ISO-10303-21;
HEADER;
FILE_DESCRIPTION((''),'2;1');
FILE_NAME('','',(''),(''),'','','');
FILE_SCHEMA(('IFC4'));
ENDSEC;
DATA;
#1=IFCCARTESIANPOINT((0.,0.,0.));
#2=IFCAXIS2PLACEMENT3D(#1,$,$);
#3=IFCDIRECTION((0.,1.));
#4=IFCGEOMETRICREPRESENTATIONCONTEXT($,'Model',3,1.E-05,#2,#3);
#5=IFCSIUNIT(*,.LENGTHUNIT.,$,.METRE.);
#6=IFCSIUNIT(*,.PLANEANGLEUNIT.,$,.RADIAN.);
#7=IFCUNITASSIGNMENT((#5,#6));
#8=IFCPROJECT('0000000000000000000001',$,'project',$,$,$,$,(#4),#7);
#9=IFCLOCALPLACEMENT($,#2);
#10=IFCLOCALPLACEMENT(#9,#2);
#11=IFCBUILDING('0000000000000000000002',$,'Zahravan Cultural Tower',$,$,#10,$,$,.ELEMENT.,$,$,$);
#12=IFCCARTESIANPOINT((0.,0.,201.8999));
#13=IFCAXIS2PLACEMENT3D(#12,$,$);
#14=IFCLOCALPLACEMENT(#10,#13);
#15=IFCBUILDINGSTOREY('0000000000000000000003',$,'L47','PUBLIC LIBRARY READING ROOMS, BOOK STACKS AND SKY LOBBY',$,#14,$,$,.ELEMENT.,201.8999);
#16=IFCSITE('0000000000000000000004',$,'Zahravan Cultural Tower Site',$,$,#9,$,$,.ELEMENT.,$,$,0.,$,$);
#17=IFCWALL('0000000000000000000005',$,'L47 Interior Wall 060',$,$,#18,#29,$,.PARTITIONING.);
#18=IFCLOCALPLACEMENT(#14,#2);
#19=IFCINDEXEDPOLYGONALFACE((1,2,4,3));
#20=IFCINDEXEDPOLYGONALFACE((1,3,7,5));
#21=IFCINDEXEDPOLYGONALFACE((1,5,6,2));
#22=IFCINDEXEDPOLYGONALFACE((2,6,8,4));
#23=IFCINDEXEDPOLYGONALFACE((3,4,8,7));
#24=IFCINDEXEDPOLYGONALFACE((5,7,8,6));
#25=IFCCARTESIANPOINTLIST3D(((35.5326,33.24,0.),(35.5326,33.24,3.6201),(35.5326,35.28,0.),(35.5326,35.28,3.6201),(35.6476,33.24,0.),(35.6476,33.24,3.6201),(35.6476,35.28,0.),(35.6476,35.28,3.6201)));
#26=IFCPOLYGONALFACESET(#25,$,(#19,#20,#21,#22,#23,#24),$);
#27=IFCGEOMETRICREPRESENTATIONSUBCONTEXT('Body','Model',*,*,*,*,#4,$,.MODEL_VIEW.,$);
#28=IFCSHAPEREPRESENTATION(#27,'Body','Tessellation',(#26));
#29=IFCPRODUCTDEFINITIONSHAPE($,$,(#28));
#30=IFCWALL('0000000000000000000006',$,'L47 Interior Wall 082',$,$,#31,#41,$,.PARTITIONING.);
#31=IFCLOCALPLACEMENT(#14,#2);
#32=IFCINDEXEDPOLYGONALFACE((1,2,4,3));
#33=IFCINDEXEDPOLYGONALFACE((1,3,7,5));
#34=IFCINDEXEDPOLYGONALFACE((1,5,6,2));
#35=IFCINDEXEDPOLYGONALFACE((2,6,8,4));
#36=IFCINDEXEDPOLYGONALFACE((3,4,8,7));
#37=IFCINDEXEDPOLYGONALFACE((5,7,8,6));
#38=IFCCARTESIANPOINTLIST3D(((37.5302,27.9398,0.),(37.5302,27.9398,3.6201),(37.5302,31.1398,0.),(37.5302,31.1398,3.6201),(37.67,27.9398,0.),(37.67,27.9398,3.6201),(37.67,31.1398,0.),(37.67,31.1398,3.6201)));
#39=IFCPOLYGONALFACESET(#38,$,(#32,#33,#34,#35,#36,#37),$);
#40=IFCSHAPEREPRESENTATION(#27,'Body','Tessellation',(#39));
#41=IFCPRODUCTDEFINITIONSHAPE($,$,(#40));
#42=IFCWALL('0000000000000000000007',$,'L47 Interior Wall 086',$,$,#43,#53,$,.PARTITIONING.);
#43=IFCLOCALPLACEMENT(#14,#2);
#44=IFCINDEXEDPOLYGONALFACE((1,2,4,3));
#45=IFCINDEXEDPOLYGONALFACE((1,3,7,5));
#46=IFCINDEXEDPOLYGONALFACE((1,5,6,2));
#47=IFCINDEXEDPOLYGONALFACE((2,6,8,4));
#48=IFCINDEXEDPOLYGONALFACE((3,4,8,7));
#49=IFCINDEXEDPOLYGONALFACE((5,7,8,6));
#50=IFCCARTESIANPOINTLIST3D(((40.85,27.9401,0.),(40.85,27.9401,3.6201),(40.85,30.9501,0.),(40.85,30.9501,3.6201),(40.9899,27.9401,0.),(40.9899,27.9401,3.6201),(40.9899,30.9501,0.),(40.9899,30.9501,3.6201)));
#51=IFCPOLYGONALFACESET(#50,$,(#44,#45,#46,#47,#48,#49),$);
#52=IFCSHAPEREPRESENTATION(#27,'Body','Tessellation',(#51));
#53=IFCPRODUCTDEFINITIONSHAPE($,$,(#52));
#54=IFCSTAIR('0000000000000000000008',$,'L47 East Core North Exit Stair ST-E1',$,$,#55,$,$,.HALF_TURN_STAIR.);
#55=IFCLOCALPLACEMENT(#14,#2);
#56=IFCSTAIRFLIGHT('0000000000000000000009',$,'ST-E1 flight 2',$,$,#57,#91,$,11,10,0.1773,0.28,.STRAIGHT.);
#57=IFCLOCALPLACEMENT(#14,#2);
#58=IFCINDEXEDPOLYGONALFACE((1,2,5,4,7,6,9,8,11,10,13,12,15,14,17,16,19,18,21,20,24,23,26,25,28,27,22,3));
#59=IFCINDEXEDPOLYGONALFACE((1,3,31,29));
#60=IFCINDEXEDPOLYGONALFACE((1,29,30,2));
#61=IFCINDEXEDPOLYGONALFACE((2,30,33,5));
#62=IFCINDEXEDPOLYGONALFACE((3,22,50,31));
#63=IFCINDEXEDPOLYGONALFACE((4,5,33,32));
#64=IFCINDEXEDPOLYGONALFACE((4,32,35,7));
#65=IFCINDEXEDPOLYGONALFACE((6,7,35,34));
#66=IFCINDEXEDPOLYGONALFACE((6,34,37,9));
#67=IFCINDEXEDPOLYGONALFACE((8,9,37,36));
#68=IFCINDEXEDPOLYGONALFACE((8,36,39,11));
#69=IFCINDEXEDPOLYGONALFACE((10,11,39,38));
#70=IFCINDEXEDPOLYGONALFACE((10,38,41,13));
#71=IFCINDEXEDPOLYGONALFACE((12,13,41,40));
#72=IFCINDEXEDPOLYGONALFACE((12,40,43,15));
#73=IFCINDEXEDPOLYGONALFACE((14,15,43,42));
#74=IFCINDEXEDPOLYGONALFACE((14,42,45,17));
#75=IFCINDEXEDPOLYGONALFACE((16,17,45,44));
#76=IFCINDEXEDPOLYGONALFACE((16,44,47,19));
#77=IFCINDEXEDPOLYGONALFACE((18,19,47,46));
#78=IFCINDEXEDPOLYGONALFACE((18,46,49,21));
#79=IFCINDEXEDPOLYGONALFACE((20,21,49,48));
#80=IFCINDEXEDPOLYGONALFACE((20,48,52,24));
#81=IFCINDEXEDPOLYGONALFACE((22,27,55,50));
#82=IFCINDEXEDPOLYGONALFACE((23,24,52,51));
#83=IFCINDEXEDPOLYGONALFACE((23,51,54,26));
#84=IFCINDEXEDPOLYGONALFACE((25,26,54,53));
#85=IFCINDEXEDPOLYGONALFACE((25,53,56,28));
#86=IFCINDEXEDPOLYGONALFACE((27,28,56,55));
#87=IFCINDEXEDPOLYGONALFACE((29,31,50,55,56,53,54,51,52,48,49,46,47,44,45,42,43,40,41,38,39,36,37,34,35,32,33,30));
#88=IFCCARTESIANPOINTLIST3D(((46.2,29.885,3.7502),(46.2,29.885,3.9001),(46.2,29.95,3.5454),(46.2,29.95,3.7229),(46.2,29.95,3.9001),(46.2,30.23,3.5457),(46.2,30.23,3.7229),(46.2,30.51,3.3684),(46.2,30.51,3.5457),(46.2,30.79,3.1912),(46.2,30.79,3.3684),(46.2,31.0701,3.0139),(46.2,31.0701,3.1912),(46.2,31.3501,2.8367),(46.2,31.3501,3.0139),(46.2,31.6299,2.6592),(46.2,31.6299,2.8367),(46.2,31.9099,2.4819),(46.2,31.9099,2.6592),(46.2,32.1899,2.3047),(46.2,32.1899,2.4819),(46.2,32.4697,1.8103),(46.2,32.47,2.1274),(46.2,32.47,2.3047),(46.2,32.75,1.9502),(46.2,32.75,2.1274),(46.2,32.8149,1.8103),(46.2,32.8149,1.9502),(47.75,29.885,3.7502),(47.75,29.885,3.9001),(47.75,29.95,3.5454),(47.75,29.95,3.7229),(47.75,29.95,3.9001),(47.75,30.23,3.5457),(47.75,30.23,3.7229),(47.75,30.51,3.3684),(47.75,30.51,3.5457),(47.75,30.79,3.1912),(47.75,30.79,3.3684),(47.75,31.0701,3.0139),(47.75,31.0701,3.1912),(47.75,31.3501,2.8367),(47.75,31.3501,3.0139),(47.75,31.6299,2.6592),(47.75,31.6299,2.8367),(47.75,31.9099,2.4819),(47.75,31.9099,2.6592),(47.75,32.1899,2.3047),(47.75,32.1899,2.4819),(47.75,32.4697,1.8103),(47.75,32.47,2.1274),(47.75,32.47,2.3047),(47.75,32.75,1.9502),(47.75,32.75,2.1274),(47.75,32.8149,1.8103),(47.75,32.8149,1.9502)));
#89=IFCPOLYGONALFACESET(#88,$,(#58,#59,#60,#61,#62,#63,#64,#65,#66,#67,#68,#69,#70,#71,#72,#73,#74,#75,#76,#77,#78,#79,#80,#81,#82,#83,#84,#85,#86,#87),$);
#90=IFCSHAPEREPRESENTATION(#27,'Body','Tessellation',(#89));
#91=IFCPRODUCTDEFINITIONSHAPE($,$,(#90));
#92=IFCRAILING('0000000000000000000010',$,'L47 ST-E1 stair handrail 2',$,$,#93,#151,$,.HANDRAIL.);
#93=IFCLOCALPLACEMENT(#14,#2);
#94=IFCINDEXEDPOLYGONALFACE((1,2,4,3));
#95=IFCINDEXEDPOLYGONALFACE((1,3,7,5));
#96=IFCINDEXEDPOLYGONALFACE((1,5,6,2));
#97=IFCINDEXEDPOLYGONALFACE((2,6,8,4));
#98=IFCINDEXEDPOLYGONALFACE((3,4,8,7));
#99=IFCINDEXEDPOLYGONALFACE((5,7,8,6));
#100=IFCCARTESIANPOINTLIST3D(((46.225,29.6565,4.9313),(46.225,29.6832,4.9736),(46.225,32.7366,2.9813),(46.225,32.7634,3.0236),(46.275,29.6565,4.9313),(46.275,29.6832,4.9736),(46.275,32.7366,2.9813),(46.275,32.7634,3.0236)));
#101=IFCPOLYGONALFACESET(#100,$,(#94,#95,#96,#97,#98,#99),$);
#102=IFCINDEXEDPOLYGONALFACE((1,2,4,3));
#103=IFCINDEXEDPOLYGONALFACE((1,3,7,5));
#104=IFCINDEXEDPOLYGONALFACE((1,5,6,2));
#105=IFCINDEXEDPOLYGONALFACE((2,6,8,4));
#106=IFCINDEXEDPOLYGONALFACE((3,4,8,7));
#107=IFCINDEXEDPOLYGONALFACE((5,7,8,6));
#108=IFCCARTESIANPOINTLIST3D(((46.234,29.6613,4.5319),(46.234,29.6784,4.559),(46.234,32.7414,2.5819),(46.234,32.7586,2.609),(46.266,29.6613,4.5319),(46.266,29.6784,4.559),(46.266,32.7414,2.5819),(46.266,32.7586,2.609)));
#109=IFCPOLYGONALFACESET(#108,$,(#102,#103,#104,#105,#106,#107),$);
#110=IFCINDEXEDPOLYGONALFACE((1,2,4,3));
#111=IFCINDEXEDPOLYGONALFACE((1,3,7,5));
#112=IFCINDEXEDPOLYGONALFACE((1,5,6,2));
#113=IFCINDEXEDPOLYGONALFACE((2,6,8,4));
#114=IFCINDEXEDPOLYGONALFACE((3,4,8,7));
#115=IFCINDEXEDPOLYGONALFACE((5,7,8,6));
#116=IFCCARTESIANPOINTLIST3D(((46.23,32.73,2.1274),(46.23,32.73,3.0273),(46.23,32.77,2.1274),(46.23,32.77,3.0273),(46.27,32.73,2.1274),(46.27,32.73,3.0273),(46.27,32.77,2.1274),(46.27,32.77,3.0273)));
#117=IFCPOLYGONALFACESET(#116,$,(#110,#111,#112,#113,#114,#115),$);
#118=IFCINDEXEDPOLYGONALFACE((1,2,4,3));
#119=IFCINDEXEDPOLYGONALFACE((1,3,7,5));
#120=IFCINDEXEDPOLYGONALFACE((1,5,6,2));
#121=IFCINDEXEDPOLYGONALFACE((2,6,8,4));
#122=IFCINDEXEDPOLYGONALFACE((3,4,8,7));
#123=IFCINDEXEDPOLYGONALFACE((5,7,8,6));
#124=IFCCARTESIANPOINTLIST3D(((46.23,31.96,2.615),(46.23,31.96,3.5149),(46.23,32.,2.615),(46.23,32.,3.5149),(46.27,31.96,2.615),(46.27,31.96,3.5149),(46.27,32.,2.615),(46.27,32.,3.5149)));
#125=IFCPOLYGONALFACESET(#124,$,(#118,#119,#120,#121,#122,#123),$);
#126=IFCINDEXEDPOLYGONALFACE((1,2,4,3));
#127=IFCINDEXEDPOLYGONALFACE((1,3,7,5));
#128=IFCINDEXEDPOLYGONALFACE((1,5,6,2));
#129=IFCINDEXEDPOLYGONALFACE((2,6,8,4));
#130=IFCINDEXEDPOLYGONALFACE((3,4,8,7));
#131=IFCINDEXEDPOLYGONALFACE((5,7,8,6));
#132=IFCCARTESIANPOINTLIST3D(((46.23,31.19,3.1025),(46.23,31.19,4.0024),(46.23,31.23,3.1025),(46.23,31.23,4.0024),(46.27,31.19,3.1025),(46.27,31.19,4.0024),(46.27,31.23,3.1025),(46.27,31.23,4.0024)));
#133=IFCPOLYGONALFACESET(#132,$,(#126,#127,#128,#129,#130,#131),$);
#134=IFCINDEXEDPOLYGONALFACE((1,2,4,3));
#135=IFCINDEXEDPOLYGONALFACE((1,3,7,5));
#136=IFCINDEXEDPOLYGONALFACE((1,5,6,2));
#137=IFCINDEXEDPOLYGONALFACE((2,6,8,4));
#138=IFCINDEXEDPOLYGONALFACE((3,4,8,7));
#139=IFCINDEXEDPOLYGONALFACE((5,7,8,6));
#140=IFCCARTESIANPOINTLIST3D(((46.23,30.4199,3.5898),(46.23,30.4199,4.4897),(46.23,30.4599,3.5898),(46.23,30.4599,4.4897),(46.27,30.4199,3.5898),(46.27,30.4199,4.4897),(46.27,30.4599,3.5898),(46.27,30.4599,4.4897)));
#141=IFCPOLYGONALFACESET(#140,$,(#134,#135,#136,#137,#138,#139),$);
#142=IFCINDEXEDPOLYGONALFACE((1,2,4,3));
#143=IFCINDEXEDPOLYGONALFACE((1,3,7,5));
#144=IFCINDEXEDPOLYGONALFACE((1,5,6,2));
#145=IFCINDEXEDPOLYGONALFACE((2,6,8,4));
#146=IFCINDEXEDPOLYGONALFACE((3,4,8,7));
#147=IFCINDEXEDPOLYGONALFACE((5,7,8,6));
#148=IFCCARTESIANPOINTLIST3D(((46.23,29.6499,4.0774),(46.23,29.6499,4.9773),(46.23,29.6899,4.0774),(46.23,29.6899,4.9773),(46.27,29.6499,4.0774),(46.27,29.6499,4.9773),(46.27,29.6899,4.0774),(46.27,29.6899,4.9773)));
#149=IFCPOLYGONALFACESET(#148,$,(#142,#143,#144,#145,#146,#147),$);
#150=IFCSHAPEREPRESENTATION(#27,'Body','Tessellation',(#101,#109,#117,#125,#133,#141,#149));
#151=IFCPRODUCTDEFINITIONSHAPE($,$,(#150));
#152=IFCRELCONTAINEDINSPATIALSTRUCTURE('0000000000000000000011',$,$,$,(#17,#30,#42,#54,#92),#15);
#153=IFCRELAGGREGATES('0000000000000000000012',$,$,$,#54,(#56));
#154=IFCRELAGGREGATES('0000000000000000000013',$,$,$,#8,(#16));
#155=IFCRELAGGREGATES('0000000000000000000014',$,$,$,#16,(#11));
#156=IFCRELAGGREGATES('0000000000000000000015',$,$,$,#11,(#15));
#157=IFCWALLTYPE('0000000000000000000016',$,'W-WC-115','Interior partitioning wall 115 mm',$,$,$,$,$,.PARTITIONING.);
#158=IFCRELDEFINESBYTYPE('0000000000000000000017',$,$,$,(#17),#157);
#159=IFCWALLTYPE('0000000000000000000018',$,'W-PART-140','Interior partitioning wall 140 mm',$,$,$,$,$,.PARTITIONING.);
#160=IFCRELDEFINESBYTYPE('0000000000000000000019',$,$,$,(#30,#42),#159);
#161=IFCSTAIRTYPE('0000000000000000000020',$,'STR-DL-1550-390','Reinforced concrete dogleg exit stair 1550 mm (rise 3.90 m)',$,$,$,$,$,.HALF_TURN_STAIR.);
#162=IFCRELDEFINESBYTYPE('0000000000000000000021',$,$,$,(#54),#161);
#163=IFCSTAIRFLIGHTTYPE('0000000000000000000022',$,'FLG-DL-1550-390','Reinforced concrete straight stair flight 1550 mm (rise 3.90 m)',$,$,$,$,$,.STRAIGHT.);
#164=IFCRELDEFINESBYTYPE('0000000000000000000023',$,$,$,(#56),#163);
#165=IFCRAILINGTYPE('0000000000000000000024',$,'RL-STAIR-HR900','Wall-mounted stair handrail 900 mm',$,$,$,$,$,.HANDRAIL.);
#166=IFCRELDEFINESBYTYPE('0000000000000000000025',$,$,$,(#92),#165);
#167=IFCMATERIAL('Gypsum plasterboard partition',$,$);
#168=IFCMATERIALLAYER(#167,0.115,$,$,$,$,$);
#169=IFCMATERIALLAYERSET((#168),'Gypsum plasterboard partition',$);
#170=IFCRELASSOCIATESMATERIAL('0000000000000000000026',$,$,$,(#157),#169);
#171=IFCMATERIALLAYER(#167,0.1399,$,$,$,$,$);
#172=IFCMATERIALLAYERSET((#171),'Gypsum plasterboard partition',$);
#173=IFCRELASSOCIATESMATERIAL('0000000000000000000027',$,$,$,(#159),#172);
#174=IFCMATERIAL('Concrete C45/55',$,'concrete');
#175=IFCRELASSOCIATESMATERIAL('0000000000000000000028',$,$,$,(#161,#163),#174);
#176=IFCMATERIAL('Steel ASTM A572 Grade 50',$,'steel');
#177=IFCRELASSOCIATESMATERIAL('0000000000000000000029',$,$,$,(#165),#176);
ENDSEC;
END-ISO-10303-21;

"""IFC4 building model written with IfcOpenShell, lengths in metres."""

from ifc_helpers import new_model, si_unit, direction, frame, frame_2d, origin, origin_2d, place, context, subcontext, project, spatial, polyline, rectangle, outline, extrude, source, transform, mapped, material, layer, layer_set, type_object, element, aggregate, save


model = new_model("IFC4")

# Units and contexts
model_context = context("Model", 3, precision=1e-05, world=origin(), true_north=direction((0.0, 1.0)))
body_context = subcontext(model_context, "Body", "Model", "MODEL_VIEW")
ifc_project = project(units=[si_unit("LENGTHUNIT", "METRE"), si_unit("PLANEANGLEUNIT", "RADIAN")], contexts=[model_context])

# Site, building, storey
site_placement = place(None, origin())
site = spatial("IfcSite", under=ifc_project, at=site_placement, Name="Zahravan Cultural Tower Site", CompositionType="ELEMENT", RefElevation=0.0)
building_placement = place(site_placement, origin())
building = spatial("IfcBuilding", under=site, at=building_placement, Name="Zahravan Cultural Tower", CompositionType="ELEMENT")
storey_placement = place(building_placement, frame((0.0, 0.0, 201.8999)))
storey = spatial("IfcBuildingStorey", under=building, at=storey_placement, Name="L47", Description="PUBLIC LIBRARY READING ROOMS, BOOK STACKS AND SKY LOBBY", CompositionType="ELEMENT", Elevation=201.8999)

# Shared definitions
ifc_material_1 = material(Name="Steel ASTM A572 Grade 50", Category="steel")
ifc_material_2 = material(Name="Concrete C45/55", Category="concrete")
ifc_material_3 = material(Name="Gypsum plasterboard partition")
ifc_layer_1 = layer(ifc_material_3, 0.115)
ifc_layer_set_1 = layer_set([ifc_layer_1], Name="Gypsum plasterboard partition")
wall_type_1 = type_object("IfcWallType", Name="W-WC-115", Description="Interior partitioning wall 115 mm", PredefinedType="PARTITIONING", material=ifc_layer_set_1)

# Walls
shared_shape_1 = source(origin(), body_context, "Body", "SweptSolid", [
    extrude(rectangle(XDim=2.04, YDim=0.115, at=frame_2d((1.02, 0.0))), origin(), (0.0, 0.0, 1.0), 3.6201),
])
wall_1_placement = place(storey_placement, frame((35.5901, 33.24, 0.0), z_axis=(0.0, 0.0, 1.0), x_axis=(0.0, 1.0, 0.0)))
element("IfcWall", 1, at=wall_1_placement, inside=storey, type_object=wall_type_1, Name="L47 Interior Wall 060", PredefinedType="PARTITIONING", context=body_context, shape_type="MappedRepresentation", body=[
    mapped(shared_shape_1, transform((0.0, 0.0, 0.0), x_axis=(1.0, 0.0, 0.0), y_axis=(0.0, 1.0, 0.0), z_axis=(0.0, 0.0, 1.0), scale=1.0)),
])
ifc_layer_2 = layer(ifc_material_3, 0.1399)
ifc_layer_set_2 = layer_set([ifc_layer_2], Name="Gypsum plasterboard partition")
wall_type_2 = type_object("IfcWallType", Name="W-PART-140", Description="Interior partitioning wall 140 mm", PredefinedType="PARTITIONING", material=ifc_layer_set_2)
shared_shape_2 = source(origin(), body_context, "Body", "SweptSolid", [
    extrude(rectangle(XDim=3.2, YDim=0.1399, at=frame_2d((1.6001, 0.0))), origin(), (0.0, 0.0, 1.0), 3.6201),
])
wall_2_placement = place(storey_placement, frame((37.6001, 31.1399, 0.0), z_axis=(0.0, 0.0, 1.0), x_axis=(0.0, -1.0, 0.0)))
element("IfcWall", 2, at=wall_2_placement, inside=storey, type_object=wall_type_2, Name="L47 Interior Wall 082", PredefinedType="PARTITIONING", context=body_context, shape_type="MappedRepresentation", body=[
    mapped(shared_shape_2, transform((0.0, 0.0, 0.0), x_axis=(1.0, 0.0, 0.0), y_axis=(0.0, 1.0, 0.0), z_axis=(0.0, 0.0, 1.0), scale=1.0)),
])
shared_shape_3 = source(origin(), body_context, "Body", "SweptSolid", [
    extrude(rectangle(XDim=3.01, YDim=0.1399, at=frame_2d((1.5049, 0.0))), origin(), (0.0, 0.0, 1.0), 3.6201),
])
wall_3_placement = place(storey_placement, frame((40.9199, 30.95, 0.0), z_axis=(0.0, 0.0, 1.0), x_axis=(0.0, -1.0, 0.0)))
element("IfcWall", 3, at=wall_3_placement, inside=storey, type_object=wall_type_2, Name="L47 Interior Wall 086", PredefinedType="PARTITIONING", context=body_context, shape_type="MappedRepresentation", body=[
    mapped(shared_shape_3, transform((0.0, 0.0, 0.0), x_axis=(1.0, 0.0, 0.0), y_axis=(0.0, 1.0, 0.0), z_axis=(0.0, 0.0, 1.0), scale=1.0)),
])

# Stair, stair flight
stair_type = type_object("IfcStairType", Name="STR-DL-1550-390", Description="Reinforced concrete dogleg exit stair 1550 mm (rise 3.90 m)", PredefinedType="HALF_TURN_STAIR", material=ifc_material_2)
stair_placement = place(storey_placement, origin())
stair = element("IfcStair", 4, at=stair_placement, inside=storey, type_object=stair_type, Name="L47 East Core North Exit Stair ST-E1", PredefinedType="HALF_TURN_STAIR")
stair_flight_type = type_object("IfcStairFlightType", Name="FLG-DL-1550-390", Description="Reinforced concrete straight stair flight 1550 mm (rise 3.90 m)", PredefinedType="STRAIGHT", material=ifc_material_2)
stair_flight_placement = place(storey_placement, frame((46.9751, 32.75, 1.9502), z_axis=(0.0, 0.0, 1.0), x_axis=(0.0, -1.0, 0.0)))
stair_flight = element("IfcStairFlight", 5, at=stair_flight_placement, type_object=stair_flight_type, Name="ST-E1 flight 2", NumberOfRisers=11, NumberOfTreads=10, PredefinedType="STRAIGHT", RiserHeight=0.1773, TreadLength=0.28, context=body_context, shape_type="SweptSolid", body=[
    extrude(outline(polyline([(-0.0649, -0.1399), (-0.0649, 0.0), (0.0, 0.0), (0.0, 0.1772), (0.28, 0.1772), (0.28, 0.3545), (0.5601, 0.3545), (0.5601, 0.5317), (0.8401, 0.5317), (0.8401, 0.709), (1.1201, 0.709), (1.1201, 0.8865), (1.3999, 0.8865), (1.3999, 1.0637), (1.6799, 1.0637), (1.6799, 1.241), (1.96, 1.241), (1.96, 1.4182), (2.24, 1.4182), (2.24, 1.5955), (2.52, 1.5955), (2.52, 1.7727), (2.8, 1.7727), (2.8, 1.95), (2.865, 1.95), (2.865, 1.8), (2.8, 1.5952), (0.2803, -0.1399), (-0.0649, -0.1399)])), frame((0.0, 0.7749, 0.0), z_axis=(0.0, -1.0, 0.0), x_axis=(1.0, 0.0, 0.0)), (0.0, 0.0, 1.0), 1.55),
])
aggregate(stair, [stair_flight])

# Railing
railing_type = type_object("IfcRailingType", Name="RL-STAIR-HR900", Description="Wall-mounted stair handrail 900 mm", PredefinedType="HANDRAIL", material=ifc_material_1)
railing_placement = place(storey_placement, frame((46.25, 32.75, 2.1274)))
element("IfcRailing", 6, at=railing_placement, inside=storey, type_object=railing_type, Name="L47 ST-E1 stair handrail 2", PredefinedType="HANDRAIL", context=body_context, shape_type="SweptSolid", body=[
    extrude(rectangle(XDim=0.05, YDim=0.05, at=origin_2d()), frame((0.0, 0.0, 0.875), z_axis=(0.0, -0.844914, 0.534902), x_axis=(1.0, 0.0, 0.0)), (0.0, 0.0, 1.0), 3.6455),
    extrude(rectangle(XDim=0.032, YDim=0.032, at=origin_2d()), frame((0.0, 0.0, 0.468), z_axis=(0.0, -0.844914, 0.534902), x_axis=(1.0, 0.0, 0.0)), (0.0, 0.0, 1.0), 3.6455),
    extrude(rectangle(XDim=0.04, YDim=0.04, at=origin_2d()), origin(), (0.0, 0.0, 1.0), 0.8999),
    extrude(rectangle(XDim=0.04, YDim=0.04, at=origin_2d()), frame((0.0, -0.77, 0.4875)), (0.0, 0.0, 1.0), 0.8999),
    extrude(rectangle(XDim=0.04, YDim=0.04, at=origin_2d()), frame((0.0, -1.54, 0.9751)), (0.0, 0.0, 1.0), 0.8999),
    extrude(rectangle(XDim=0.04, YDim=0.04, at=origin_2d()), frame((0.0, -2.3101, 1.4624)), (0.0, 0.0, 1.0), 0.8999),
    extrude(rectangle(XDim=0.04, YDim=0.04, at=origin_2d()), frame((0.0, -3.0801, 1.95)), (0.0, 0.0, 1.0), 0.8999),
])

save(model, "model.ifc")
